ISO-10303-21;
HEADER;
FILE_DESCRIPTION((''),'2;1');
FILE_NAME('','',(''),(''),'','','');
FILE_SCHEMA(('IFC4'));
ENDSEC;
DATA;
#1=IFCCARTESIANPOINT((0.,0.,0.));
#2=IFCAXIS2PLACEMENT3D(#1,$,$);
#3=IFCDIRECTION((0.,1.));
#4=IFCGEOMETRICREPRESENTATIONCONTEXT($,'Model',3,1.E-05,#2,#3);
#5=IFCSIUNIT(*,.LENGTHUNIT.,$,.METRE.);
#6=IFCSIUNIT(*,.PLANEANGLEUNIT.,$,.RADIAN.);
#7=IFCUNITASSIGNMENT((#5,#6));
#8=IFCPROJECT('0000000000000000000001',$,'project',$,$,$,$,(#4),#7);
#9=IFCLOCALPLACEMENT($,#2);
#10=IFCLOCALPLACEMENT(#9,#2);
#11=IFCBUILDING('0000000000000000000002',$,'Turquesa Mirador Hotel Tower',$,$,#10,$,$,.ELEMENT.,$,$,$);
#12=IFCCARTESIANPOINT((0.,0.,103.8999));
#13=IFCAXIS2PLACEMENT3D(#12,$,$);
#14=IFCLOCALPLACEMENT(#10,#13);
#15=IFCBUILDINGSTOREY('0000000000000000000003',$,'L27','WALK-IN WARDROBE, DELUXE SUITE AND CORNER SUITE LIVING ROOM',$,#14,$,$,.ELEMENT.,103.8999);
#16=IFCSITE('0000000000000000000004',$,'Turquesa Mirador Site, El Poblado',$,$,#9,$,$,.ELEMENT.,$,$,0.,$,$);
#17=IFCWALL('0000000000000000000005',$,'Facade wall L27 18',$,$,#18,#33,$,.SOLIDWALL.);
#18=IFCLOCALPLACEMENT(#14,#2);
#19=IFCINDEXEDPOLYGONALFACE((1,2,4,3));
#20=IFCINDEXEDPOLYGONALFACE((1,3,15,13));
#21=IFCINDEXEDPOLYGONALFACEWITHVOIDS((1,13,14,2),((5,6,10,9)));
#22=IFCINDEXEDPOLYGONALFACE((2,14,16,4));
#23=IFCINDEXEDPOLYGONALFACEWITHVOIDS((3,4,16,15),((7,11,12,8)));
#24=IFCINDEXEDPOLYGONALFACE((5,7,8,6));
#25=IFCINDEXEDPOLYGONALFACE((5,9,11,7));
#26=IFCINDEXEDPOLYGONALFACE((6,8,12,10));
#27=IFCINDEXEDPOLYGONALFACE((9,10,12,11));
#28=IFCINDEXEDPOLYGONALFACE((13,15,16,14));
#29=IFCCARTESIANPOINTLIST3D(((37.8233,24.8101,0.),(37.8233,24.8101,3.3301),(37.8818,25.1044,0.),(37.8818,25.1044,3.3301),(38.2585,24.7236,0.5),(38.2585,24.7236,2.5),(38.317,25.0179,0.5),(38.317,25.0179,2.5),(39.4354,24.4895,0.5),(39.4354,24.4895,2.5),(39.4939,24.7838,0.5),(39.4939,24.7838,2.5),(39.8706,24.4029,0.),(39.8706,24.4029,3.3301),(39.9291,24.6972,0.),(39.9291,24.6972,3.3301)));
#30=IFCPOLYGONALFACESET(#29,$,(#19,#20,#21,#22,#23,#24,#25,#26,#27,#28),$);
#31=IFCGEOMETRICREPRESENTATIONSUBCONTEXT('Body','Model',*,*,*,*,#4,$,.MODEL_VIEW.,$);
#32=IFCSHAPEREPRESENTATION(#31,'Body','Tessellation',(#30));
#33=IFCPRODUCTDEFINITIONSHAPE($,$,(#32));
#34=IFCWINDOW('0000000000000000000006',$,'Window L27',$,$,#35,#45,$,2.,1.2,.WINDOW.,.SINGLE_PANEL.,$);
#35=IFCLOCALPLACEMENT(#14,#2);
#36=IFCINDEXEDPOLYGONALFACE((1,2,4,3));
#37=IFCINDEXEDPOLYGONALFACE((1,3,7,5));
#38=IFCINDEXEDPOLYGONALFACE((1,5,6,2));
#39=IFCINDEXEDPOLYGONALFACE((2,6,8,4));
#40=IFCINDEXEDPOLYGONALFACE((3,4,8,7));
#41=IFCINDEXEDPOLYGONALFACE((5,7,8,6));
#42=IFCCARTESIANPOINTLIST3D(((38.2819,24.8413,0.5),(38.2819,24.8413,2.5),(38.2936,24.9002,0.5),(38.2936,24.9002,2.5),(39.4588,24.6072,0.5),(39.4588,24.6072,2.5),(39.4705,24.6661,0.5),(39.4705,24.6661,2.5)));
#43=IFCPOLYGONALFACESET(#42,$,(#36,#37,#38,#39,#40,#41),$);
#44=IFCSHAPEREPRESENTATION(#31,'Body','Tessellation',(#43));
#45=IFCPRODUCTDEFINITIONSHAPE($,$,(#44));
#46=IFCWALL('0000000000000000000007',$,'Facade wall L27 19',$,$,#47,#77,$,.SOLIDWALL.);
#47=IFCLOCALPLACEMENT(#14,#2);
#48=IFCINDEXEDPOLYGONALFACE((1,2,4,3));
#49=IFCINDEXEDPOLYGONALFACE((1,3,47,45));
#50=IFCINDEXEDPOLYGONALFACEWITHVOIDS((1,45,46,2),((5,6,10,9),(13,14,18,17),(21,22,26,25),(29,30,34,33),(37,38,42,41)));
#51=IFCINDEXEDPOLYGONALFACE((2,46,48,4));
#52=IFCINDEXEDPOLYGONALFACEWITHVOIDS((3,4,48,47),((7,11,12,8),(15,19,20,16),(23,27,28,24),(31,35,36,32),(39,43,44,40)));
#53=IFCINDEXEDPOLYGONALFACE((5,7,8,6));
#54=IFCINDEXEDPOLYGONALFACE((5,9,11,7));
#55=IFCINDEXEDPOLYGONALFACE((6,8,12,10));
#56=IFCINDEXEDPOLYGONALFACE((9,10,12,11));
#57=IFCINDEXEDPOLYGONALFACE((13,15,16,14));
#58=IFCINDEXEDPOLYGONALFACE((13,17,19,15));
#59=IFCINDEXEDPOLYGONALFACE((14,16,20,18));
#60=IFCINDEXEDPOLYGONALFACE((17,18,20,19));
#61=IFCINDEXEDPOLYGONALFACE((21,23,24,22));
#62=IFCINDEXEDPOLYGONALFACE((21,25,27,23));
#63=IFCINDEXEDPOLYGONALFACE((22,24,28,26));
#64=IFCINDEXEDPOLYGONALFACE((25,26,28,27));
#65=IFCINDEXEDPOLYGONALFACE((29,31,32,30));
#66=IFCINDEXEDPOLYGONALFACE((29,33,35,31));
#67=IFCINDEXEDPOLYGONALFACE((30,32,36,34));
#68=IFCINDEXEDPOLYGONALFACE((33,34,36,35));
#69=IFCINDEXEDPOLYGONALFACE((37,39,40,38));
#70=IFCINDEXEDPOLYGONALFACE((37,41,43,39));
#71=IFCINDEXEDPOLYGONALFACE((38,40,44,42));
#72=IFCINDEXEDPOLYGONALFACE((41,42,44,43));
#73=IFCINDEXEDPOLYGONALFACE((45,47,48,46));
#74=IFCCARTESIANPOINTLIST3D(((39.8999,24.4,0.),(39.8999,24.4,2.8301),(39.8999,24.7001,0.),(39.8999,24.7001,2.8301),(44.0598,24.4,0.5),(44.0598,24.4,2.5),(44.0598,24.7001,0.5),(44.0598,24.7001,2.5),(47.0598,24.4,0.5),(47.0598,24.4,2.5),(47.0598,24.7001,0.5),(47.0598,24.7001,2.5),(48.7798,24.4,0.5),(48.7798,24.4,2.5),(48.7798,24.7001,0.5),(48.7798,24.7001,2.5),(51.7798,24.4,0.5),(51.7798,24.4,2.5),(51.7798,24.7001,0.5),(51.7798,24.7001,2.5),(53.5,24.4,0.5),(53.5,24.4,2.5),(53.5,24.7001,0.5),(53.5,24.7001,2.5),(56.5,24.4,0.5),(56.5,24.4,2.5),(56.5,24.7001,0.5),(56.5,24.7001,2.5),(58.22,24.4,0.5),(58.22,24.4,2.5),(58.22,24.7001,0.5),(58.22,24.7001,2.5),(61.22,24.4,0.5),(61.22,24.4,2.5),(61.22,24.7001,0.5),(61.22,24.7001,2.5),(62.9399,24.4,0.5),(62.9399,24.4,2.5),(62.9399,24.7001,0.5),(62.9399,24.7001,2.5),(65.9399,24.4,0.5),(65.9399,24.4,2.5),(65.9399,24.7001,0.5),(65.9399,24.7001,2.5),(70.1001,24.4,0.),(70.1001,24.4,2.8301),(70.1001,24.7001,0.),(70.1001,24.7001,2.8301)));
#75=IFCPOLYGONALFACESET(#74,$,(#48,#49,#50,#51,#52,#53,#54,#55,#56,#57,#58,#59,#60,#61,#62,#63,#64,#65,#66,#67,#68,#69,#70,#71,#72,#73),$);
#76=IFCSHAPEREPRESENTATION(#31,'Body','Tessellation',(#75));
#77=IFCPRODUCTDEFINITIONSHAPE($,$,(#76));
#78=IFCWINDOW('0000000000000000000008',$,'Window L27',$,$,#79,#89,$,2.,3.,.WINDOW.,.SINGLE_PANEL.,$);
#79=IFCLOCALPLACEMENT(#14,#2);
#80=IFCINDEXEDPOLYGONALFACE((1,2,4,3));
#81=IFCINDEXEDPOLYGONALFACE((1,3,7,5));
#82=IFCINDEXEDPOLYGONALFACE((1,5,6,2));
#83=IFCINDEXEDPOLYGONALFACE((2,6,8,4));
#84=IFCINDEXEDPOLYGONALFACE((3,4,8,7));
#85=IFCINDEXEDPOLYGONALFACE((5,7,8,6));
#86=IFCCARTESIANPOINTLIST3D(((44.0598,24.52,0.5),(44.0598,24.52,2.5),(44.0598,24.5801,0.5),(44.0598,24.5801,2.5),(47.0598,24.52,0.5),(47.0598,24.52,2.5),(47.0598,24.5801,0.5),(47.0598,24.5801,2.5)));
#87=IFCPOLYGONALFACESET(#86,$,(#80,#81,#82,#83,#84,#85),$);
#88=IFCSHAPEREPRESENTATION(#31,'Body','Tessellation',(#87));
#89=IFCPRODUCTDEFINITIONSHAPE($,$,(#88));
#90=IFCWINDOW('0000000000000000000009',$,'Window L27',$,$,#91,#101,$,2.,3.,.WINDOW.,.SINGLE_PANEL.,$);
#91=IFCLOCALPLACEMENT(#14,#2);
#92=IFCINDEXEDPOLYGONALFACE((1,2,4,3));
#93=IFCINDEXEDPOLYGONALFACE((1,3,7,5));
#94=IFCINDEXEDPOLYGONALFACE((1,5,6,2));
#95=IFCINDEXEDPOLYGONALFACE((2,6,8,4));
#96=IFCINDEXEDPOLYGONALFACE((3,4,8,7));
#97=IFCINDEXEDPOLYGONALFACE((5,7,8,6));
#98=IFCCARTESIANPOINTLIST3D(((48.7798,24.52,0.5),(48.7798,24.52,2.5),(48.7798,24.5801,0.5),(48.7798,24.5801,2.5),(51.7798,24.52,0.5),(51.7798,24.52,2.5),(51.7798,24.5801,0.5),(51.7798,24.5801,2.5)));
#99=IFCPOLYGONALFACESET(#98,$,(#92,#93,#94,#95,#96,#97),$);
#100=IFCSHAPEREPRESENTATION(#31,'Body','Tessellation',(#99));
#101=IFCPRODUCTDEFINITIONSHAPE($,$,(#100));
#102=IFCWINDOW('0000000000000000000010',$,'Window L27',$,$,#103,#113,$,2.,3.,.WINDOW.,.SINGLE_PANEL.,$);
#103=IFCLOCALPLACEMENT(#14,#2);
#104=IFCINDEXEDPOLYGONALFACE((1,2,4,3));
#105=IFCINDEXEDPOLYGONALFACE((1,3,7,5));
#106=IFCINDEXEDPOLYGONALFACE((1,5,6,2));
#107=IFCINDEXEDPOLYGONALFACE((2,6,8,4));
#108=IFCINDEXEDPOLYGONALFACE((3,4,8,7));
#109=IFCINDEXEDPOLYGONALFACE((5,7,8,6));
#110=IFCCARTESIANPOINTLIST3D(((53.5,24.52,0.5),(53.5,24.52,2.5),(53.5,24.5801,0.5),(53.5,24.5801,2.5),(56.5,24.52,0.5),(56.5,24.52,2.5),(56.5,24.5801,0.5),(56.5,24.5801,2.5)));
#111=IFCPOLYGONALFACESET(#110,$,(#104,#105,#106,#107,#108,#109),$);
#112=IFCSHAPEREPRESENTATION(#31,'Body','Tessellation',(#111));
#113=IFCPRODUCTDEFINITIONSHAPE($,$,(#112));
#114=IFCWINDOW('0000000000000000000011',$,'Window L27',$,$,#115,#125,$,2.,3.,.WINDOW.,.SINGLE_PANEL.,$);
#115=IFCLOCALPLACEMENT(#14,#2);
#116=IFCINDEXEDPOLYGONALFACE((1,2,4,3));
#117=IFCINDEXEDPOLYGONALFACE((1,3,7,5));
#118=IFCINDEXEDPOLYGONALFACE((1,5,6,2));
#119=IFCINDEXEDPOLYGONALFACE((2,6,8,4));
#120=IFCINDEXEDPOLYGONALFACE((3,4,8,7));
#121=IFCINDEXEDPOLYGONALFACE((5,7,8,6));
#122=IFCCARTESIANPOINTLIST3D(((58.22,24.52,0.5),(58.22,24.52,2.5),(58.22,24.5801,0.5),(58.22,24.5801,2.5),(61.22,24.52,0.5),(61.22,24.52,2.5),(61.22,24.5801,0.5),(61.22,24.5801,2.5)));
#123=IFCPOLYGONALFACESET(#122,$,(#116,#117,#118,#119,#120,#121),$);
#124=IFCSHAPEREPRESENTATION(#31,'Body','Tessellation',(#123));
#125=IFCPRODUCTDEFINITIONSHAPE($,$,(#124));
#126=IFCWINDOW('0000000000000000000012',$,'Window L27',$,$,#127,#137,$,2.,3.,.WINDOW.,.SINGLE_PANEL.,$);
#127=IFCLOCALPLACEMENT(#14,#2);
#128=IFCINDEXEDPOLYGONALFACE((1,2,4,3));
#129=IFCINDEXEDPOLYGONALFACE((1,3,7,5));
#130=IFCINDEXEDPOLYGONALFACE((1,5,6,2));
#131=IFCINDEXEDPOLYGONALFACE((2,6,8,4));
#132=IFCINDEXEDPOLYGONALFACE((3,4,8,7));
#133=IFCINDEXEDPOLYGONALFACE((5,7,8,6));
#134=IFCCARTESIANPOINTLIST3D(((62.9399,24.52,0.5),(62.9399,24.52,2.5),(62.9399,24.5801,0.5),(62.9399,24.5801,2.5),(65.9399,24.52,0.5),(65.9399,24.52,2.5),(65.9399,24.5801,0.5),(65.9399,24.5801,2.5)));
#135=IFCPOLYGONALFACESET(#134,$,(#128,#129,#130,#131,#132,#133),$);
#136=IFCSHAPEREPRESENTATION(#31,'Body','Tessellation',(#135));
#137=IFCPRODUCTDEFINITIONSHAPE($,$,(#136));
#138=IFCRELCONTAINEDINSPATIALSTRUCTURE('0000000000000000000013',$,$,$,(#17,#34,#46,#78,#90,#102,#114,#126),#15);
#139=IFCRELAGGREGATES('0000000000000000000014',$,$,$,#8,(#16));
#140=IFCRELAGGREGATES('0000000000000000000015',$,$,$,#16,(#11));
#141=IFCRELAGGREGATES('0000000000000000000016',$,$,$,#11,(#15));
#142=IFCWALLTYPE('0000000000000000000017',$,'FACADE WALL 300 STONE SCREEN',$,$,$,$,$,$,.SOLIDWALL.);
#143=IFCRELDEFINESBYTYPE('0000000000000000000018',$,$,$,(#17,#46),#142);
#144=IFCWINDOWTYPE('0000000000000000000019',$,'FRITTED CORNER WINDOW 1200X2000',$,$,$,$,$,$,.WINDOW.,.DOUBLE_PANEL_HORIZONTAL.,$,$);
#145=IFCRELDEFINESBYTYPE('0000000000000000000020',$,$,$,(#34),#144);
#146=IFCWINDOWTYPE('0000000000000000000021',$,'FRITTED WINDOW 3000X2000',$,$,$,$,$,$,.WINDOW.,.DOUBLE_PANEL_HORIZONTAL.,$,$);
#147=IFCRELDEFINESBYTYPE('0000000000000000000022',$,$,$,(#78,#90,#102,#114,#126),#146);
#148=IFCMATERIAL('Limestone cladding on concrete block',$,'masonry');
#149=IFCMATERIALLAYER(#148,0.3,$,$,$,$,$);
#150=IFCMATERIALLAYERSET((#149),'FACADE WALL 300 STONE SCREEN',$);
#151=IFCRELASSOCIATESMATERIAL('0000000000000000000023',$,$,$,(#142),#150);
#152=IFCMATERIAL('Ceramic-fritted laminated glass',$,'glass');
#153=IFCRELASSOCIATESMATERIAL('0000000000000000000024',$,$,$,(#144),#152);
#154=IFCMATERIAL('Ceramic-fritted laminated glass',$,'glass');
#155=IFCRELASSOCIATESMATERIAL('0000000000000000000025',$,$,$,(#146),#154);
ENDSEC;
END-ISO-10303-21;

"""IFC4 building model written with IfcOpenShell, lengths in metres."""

from ifc_helpers import new_model, si_unit, direction, frame, frame_2d, origin, place, context, subcontext, project, spatial, rectangle, extrude, material, layer, layer_set, type_object, element, fill, save


model = new_model("IFC4")

# Units and contexts
model_context = context("Model", 3, precision=1e-05, world=origin(), true_north=direction((0.0, 1.0)))
body_context = subcontext(model_context, "Body", "Model", "MODEL_VIEW")
ifc_project = project(units=[si_unit("LENGTHUNIT", "METRE"), si_unit("PLANEANGLEUNIT", "RADIAN")], contexts=[model_context])

# Site, building, storey
site_placement = place(None, origin())
site = spatial("IfcSite", under=ifc_project, at=site_placement, Name="Turquesa Mirador Site, El Poblado", CompositionType="ELEMENT", RefElevation=0.0)
building_placement = place(site_placement, origin())
building = spatial("IfcBuilding", under=site, at=building_placement, Name="Turquesa Mirador Hotel Tower", CompositionType="ELEMENT")
storey_placement = place(building_placement, frame((0.0, 0.0, 103.8999)))
storey = spatial("IfcBuildingStorey", under=building, at=storey_placement, Name="L27", Description="WALK-IN WARDROBE, DELUXE SUITE AND CORNER SUITE LIVING ROOM", CompositionType="ELEMENT", Elevation=103.8999)

# Wall, opening, window
ifc_material_1 = material(Name="Limestone cladding on concrete block", Category="masonry")
ifc_layer_1 = layer(ifc_material_1, 0.3)
ifc_layer_set_1 = layer_set([ifc_layer_1], Name="FACADE WALL 300 STONE SCREEN")
wall_type_1 = type_object("IfcWallType", Name="FACADE WALL 300 STONE SCREEN", PredefinedType="SOLIDWALL", material=ifc_layer_set_1)
ifc_material_2 = material(Name="Ceramic-fritted laminated glass", Category="glass")
window_type_1 = type_object("IfcWindowType", Name="FRITTED CORNER WINDOW 1200X2000", PartitioningType="DOUBLE_PANEL_HORIZONTAL", PredefinedType="WINDOW", material=ifc_material_2)
wall_1_placement = place(storey_placement, frame((37.8525, 24.9573, 0.0), z_axis=(0.0, 0.0, 1.0), x_axis=(0.980787, -0.195081, 0.0)))
wall_1 = element("IfcWall", 1, at=wall_1_placement, inside=storey, type_object=wall_type_1, Name="Facade wall L27 18", PredefinedType="SOLIDWALL", context=body_context, shape_type="SweptSolid", body=[
    extrude(rectangle(XDim=2.0874, YDim=0.3, at=frame_2d((1.0437, 0.0))), origin(), (0.0, 0.0, 1.0), 3.3301),
])
opening_1_placement = place(wall_1_placement, frame((0.4436, 0.0, 0.5)))
opening_1 = element("IfcOpeningElement", 2, at=opening_1_placement, cuts=wall_1, PredefinedType="OPENING", context=body_context, shape_type="SweptSolid", body=[
    extrude(rectangle(XDim=1.2, YDim=2.0, at=frame_2d((0.6001, 1.0))), frame((0.0, 0.1599, 0.0), z_axis=(0.0, -1.0, 0.0), x_axis=(1.0, 0.0, 0.0)), (0.0, 0.0, 1.0), 0.3201),
])
window_1_placement = place(opening_1_placement, origin())
window_1 = element("IfcWindow", 3, at=window_1_placement, inside=storey, type_object=window_type_1, Name="Window L27", OverallHeight=2.0, OverallWidth=1.2, PartitioningType="SINGLE_PANEL", PredefinedType="WINDOW", context=body_context, shape_type="SweptSolid", body=[
    extrude(rectangle(XDim=1.2, YDim=2.0, at=frame_2d((0.6001, 1.0))), frame((0.0, 0.03, 0.0), z_axis=(0.0, -1.0, 0.0), x_axis=(1.0, 0.0, 0.0)), (0.0, 0.0, 1.0), 0.0601),
])
fill(opening_1, window_1)

# Wall, openings, windows
wall_2_placement = place(storey_placement, frame((39.8999, 24.55, 0.0), z_axis=(0.0, 0.0, 1.0), x_axis=(1.0, 0.0, 0.0)))
wall_2 = element("IfcWall", 4, at=wall_2_placement, inside=storey, type_object=wall_type_1, Name="Facade wall L27 19", PredefinedType="SOLIDWALL", context=body_context, shape_type="SweptSolid", body=[
    extrude(rectangle(XDim=30.2002, YDim=0.3, at=frame_2d((15.1001, 0.0))), origin(), (0.0, 0.0, 1.0), 2.8301),
])
opening_2_placement = place(wall_2_placement, frame((4.1599, 0.0, 0.5)))
opening_2 = element("IfcOpeningElement", 5, at=opening_2_placement, cuts=wall_2, PredefinedType="OPENING", context=body_context, shape_type="SweptSolid", body=[
    extrude(rectangle(XDim=3.0, YDim=2.0, at=frame_2d((1.5, 1.0))), frame((0.0, 0.1599, 0.0), z_axis=(0.0, -1.0, 0.0), x_axis=(1.0, 0.0, 0.0)), (0.0, 0.0, 1.0), 0.3201),
])
opening_3_placement = place(wall_2_placement, frame((8.8799, 0.0, 0.5)))
opening_3 = element("IfcOpeningElement", 6, at=opening_3_placement, cuts=wall_2, PredefinedType="OPENING", context=body_context, shape_type="SweptSolid", body=[
    extrude(rectangle(XDim=3.0, YDim=2.0, at=frame_2d((1.5, 1.0))), frame((0.0, 0.1599, 0.0), z_axis=(0.0, -1.0, 0.0), x_axis=(1.0, 0.0, 0.0)), (0.0, 0.0, 1.0), 0.3201),
])
opening_4_placement = place(wall_2_placement, frame((13.6001, 0.0, 0.5)))
opening_4 = element("IfcOpeningElement", 7, at=opening_4_placement, cuts=wall_2, PredefinedType="OPENING", context=body_context, shape_type="SweptSolid", body=[
    extrude(rectangle(XDim=3.0, YDim=2.0, at=frame_2d((1.5, 1.0))), frame((0.0, 0.1599, 0.0), z_axis=(0.0, -1.0, 0.0), x_axis=(1.0, 0.0, 0.0)), (0.0, 0.0, 1.0), 0.3201),
])
opening_5_placement = place(wall_2_placement, frame((18.3201, 0.0, 0.5)))
opening_5 = element("IfcOpeningElement", 8, at=opening_5_placement, cuts=wall_2, PredefinedType="OPENING", context=body_context, shape_type="SweptSolid", body=[
    extrude(rectangle(XDim=3.0, YDim=2.0, at=frame_2d((1.5, 1.0))), frame((0.0, 0.1599, 0.0), z_axis=(0.0, -1.0, 0.0), x_axis=(1.0, 0.0, 0.0)), (0.0, 0.0, 1.0), 0.3201),
])
opening_6_placement = place(wall_2_placement, frame((23.04, 0.0, 0.5)))
opening_6 = element("IfcOpeningElement", 9, at=opening_6_placement, cuts=wall_2, PredefinedType="OPENING", context=body_context, shape_type="SweptSolid", body=[
    extrude(rectangle(XDim=3.0, YDim=2.0, at=frame_2d((1.5, 1.0))), frame((0.0, 0.1599, 0.0), z_axis=(0.0, -1.0, 0.0), x_axis=(1.0, 0.0, 0.0)), (0.0, 0.0, 1.0), 0.3201),
])
ifc_material_3 = material(Name="Ceramic-fritted laminated glass", Category="glass")
window_type_2 = type_object("IfcWindowType", Name="FRITTED WINDOW 3000X2000", PartitioningType="DOUBLE_PANEL_HORIZONTAL", PredefinedType="WINDOW", material=ifc_material_3)
window_2_placement = place(opening_2_placement, origin())
window_2 = element("IfcWindow", 10, at=window_2_placement, inside=storey, type_object=window_type_2, Name="Window L27", OverallHeight=2.0, OverallWidth=3.0, PartitioningType="SINGLE_PANEL", PredefinedType="WINDOW", context=body_context, shape_type="SweptSolid", body=[
    extrude(rectangle(XDim=3.0, YDim=2.0, at=frame_2d((1.5, 1.0))), frame((0.0, 0.03, 0.0), z_axis=(0.0, -1.0, 0.0), x_axis=(1.0, 0.0, 0.0)), (0.0, 0.0, 1.0), 0.0601),
])
fill(opening_2, window_2)
window_3_placement = place(opening_3_placement, origin())
window_3 = element("IfcWindow", 11, at=window_3_placement, inside=storey, type_object=window_type_2, Name="Window L27", OverallHeight=2.0, OverallWidth=3.0, PartitioningType="SINGLE_PANEL", PredefinedType="WINDOW", context=body_context, shape_type="SweptSolid", body=[
    extrude(rectangle(XDim=3.0, YDim=2.0, at=frame_2d((1.5, 1.0))), frame((0.0, 0.03, 0.0), z_axis=(0.0, -1.0, 0.0), x_axis=(1.0, 0.0, 0.0)), (0.0, 0.0, 1.0), 0.0601),
])
fill(opening_3, window_3)
window_4_placement = place(opening_4_placement, origin())
window_4 = element("IfcWindow", 12, at=window_4_placement, inside=storey, type_object=window_type_2, Name="Window L27", OverallHeight=2.0, OverallWidth=3.0, PartitioningType="SINGLE_PANEL", PredefinedType="WINDOW", context=body_context, shape_type="SweptSolid", body=[
    extrude(rectangle(XDim=3.0, YDim=2.0, at=frame_2d((1.5, 1.0))), frame((0.0, 0.03, 0.0), z_axis=(0.0, -1.0, 0.0), x_axis=(1.0, 0.0, 0.0)), (0.0, 0.0, 1.0), 0.0601),
])
fill(opening_4, window_4)
window_5_placement = place(opening_5_placement, origin())
window_5 = element("IfcWindow", 13, at=window_5_placement, inside=storey, type_object=window_type_2, Name="Window L27", OverallHeight=2.0, OverallWidth=3.0, PartitioningType="SINGLE_PANEL", PredefinedType="WINDOW", context=body_context, shape_type="SweptSolid", body=[
    extrude(rectangle(XDim=3.0, YDim=2.0, at=frame_2d((1.5, 1.0))), frame((0.0, 0.03, 0.0), z_axis=(0.0, -1.0, 0.0), x_axis=(1.0, 0.0, 0.0)), (0.0, 0.0, 1.0), 0.0601),
])
fill(opening_5, window_5)
window_6_placement = place(opening_6_placement, origin())
window_6 = element("IfcWindow", 14, at=window_6_placement, inside=storey, type_object=window_type_2, Name="Window L27", OverallHeight=2.0, OverallWidth=3.0, PartitioningType="SINGLE_PANEL", PredefinedType="WINDOW", context=body_context, shape_type="SweptSolid", body=[
    extrude(rectangle(XDim=3.0, YDim=2.0, at=frame_2d((1.5, 1.0))), frame((0.0, 0.03, 0.0), z_axis=(0.0, -1.0, 0.0), x_axis=(1.0, 0.0, 0.0)), (0.0, 0.0, 1.0), 0.0601),
])
fill(opening_6, window_6)

save(model, "model.ifc")
